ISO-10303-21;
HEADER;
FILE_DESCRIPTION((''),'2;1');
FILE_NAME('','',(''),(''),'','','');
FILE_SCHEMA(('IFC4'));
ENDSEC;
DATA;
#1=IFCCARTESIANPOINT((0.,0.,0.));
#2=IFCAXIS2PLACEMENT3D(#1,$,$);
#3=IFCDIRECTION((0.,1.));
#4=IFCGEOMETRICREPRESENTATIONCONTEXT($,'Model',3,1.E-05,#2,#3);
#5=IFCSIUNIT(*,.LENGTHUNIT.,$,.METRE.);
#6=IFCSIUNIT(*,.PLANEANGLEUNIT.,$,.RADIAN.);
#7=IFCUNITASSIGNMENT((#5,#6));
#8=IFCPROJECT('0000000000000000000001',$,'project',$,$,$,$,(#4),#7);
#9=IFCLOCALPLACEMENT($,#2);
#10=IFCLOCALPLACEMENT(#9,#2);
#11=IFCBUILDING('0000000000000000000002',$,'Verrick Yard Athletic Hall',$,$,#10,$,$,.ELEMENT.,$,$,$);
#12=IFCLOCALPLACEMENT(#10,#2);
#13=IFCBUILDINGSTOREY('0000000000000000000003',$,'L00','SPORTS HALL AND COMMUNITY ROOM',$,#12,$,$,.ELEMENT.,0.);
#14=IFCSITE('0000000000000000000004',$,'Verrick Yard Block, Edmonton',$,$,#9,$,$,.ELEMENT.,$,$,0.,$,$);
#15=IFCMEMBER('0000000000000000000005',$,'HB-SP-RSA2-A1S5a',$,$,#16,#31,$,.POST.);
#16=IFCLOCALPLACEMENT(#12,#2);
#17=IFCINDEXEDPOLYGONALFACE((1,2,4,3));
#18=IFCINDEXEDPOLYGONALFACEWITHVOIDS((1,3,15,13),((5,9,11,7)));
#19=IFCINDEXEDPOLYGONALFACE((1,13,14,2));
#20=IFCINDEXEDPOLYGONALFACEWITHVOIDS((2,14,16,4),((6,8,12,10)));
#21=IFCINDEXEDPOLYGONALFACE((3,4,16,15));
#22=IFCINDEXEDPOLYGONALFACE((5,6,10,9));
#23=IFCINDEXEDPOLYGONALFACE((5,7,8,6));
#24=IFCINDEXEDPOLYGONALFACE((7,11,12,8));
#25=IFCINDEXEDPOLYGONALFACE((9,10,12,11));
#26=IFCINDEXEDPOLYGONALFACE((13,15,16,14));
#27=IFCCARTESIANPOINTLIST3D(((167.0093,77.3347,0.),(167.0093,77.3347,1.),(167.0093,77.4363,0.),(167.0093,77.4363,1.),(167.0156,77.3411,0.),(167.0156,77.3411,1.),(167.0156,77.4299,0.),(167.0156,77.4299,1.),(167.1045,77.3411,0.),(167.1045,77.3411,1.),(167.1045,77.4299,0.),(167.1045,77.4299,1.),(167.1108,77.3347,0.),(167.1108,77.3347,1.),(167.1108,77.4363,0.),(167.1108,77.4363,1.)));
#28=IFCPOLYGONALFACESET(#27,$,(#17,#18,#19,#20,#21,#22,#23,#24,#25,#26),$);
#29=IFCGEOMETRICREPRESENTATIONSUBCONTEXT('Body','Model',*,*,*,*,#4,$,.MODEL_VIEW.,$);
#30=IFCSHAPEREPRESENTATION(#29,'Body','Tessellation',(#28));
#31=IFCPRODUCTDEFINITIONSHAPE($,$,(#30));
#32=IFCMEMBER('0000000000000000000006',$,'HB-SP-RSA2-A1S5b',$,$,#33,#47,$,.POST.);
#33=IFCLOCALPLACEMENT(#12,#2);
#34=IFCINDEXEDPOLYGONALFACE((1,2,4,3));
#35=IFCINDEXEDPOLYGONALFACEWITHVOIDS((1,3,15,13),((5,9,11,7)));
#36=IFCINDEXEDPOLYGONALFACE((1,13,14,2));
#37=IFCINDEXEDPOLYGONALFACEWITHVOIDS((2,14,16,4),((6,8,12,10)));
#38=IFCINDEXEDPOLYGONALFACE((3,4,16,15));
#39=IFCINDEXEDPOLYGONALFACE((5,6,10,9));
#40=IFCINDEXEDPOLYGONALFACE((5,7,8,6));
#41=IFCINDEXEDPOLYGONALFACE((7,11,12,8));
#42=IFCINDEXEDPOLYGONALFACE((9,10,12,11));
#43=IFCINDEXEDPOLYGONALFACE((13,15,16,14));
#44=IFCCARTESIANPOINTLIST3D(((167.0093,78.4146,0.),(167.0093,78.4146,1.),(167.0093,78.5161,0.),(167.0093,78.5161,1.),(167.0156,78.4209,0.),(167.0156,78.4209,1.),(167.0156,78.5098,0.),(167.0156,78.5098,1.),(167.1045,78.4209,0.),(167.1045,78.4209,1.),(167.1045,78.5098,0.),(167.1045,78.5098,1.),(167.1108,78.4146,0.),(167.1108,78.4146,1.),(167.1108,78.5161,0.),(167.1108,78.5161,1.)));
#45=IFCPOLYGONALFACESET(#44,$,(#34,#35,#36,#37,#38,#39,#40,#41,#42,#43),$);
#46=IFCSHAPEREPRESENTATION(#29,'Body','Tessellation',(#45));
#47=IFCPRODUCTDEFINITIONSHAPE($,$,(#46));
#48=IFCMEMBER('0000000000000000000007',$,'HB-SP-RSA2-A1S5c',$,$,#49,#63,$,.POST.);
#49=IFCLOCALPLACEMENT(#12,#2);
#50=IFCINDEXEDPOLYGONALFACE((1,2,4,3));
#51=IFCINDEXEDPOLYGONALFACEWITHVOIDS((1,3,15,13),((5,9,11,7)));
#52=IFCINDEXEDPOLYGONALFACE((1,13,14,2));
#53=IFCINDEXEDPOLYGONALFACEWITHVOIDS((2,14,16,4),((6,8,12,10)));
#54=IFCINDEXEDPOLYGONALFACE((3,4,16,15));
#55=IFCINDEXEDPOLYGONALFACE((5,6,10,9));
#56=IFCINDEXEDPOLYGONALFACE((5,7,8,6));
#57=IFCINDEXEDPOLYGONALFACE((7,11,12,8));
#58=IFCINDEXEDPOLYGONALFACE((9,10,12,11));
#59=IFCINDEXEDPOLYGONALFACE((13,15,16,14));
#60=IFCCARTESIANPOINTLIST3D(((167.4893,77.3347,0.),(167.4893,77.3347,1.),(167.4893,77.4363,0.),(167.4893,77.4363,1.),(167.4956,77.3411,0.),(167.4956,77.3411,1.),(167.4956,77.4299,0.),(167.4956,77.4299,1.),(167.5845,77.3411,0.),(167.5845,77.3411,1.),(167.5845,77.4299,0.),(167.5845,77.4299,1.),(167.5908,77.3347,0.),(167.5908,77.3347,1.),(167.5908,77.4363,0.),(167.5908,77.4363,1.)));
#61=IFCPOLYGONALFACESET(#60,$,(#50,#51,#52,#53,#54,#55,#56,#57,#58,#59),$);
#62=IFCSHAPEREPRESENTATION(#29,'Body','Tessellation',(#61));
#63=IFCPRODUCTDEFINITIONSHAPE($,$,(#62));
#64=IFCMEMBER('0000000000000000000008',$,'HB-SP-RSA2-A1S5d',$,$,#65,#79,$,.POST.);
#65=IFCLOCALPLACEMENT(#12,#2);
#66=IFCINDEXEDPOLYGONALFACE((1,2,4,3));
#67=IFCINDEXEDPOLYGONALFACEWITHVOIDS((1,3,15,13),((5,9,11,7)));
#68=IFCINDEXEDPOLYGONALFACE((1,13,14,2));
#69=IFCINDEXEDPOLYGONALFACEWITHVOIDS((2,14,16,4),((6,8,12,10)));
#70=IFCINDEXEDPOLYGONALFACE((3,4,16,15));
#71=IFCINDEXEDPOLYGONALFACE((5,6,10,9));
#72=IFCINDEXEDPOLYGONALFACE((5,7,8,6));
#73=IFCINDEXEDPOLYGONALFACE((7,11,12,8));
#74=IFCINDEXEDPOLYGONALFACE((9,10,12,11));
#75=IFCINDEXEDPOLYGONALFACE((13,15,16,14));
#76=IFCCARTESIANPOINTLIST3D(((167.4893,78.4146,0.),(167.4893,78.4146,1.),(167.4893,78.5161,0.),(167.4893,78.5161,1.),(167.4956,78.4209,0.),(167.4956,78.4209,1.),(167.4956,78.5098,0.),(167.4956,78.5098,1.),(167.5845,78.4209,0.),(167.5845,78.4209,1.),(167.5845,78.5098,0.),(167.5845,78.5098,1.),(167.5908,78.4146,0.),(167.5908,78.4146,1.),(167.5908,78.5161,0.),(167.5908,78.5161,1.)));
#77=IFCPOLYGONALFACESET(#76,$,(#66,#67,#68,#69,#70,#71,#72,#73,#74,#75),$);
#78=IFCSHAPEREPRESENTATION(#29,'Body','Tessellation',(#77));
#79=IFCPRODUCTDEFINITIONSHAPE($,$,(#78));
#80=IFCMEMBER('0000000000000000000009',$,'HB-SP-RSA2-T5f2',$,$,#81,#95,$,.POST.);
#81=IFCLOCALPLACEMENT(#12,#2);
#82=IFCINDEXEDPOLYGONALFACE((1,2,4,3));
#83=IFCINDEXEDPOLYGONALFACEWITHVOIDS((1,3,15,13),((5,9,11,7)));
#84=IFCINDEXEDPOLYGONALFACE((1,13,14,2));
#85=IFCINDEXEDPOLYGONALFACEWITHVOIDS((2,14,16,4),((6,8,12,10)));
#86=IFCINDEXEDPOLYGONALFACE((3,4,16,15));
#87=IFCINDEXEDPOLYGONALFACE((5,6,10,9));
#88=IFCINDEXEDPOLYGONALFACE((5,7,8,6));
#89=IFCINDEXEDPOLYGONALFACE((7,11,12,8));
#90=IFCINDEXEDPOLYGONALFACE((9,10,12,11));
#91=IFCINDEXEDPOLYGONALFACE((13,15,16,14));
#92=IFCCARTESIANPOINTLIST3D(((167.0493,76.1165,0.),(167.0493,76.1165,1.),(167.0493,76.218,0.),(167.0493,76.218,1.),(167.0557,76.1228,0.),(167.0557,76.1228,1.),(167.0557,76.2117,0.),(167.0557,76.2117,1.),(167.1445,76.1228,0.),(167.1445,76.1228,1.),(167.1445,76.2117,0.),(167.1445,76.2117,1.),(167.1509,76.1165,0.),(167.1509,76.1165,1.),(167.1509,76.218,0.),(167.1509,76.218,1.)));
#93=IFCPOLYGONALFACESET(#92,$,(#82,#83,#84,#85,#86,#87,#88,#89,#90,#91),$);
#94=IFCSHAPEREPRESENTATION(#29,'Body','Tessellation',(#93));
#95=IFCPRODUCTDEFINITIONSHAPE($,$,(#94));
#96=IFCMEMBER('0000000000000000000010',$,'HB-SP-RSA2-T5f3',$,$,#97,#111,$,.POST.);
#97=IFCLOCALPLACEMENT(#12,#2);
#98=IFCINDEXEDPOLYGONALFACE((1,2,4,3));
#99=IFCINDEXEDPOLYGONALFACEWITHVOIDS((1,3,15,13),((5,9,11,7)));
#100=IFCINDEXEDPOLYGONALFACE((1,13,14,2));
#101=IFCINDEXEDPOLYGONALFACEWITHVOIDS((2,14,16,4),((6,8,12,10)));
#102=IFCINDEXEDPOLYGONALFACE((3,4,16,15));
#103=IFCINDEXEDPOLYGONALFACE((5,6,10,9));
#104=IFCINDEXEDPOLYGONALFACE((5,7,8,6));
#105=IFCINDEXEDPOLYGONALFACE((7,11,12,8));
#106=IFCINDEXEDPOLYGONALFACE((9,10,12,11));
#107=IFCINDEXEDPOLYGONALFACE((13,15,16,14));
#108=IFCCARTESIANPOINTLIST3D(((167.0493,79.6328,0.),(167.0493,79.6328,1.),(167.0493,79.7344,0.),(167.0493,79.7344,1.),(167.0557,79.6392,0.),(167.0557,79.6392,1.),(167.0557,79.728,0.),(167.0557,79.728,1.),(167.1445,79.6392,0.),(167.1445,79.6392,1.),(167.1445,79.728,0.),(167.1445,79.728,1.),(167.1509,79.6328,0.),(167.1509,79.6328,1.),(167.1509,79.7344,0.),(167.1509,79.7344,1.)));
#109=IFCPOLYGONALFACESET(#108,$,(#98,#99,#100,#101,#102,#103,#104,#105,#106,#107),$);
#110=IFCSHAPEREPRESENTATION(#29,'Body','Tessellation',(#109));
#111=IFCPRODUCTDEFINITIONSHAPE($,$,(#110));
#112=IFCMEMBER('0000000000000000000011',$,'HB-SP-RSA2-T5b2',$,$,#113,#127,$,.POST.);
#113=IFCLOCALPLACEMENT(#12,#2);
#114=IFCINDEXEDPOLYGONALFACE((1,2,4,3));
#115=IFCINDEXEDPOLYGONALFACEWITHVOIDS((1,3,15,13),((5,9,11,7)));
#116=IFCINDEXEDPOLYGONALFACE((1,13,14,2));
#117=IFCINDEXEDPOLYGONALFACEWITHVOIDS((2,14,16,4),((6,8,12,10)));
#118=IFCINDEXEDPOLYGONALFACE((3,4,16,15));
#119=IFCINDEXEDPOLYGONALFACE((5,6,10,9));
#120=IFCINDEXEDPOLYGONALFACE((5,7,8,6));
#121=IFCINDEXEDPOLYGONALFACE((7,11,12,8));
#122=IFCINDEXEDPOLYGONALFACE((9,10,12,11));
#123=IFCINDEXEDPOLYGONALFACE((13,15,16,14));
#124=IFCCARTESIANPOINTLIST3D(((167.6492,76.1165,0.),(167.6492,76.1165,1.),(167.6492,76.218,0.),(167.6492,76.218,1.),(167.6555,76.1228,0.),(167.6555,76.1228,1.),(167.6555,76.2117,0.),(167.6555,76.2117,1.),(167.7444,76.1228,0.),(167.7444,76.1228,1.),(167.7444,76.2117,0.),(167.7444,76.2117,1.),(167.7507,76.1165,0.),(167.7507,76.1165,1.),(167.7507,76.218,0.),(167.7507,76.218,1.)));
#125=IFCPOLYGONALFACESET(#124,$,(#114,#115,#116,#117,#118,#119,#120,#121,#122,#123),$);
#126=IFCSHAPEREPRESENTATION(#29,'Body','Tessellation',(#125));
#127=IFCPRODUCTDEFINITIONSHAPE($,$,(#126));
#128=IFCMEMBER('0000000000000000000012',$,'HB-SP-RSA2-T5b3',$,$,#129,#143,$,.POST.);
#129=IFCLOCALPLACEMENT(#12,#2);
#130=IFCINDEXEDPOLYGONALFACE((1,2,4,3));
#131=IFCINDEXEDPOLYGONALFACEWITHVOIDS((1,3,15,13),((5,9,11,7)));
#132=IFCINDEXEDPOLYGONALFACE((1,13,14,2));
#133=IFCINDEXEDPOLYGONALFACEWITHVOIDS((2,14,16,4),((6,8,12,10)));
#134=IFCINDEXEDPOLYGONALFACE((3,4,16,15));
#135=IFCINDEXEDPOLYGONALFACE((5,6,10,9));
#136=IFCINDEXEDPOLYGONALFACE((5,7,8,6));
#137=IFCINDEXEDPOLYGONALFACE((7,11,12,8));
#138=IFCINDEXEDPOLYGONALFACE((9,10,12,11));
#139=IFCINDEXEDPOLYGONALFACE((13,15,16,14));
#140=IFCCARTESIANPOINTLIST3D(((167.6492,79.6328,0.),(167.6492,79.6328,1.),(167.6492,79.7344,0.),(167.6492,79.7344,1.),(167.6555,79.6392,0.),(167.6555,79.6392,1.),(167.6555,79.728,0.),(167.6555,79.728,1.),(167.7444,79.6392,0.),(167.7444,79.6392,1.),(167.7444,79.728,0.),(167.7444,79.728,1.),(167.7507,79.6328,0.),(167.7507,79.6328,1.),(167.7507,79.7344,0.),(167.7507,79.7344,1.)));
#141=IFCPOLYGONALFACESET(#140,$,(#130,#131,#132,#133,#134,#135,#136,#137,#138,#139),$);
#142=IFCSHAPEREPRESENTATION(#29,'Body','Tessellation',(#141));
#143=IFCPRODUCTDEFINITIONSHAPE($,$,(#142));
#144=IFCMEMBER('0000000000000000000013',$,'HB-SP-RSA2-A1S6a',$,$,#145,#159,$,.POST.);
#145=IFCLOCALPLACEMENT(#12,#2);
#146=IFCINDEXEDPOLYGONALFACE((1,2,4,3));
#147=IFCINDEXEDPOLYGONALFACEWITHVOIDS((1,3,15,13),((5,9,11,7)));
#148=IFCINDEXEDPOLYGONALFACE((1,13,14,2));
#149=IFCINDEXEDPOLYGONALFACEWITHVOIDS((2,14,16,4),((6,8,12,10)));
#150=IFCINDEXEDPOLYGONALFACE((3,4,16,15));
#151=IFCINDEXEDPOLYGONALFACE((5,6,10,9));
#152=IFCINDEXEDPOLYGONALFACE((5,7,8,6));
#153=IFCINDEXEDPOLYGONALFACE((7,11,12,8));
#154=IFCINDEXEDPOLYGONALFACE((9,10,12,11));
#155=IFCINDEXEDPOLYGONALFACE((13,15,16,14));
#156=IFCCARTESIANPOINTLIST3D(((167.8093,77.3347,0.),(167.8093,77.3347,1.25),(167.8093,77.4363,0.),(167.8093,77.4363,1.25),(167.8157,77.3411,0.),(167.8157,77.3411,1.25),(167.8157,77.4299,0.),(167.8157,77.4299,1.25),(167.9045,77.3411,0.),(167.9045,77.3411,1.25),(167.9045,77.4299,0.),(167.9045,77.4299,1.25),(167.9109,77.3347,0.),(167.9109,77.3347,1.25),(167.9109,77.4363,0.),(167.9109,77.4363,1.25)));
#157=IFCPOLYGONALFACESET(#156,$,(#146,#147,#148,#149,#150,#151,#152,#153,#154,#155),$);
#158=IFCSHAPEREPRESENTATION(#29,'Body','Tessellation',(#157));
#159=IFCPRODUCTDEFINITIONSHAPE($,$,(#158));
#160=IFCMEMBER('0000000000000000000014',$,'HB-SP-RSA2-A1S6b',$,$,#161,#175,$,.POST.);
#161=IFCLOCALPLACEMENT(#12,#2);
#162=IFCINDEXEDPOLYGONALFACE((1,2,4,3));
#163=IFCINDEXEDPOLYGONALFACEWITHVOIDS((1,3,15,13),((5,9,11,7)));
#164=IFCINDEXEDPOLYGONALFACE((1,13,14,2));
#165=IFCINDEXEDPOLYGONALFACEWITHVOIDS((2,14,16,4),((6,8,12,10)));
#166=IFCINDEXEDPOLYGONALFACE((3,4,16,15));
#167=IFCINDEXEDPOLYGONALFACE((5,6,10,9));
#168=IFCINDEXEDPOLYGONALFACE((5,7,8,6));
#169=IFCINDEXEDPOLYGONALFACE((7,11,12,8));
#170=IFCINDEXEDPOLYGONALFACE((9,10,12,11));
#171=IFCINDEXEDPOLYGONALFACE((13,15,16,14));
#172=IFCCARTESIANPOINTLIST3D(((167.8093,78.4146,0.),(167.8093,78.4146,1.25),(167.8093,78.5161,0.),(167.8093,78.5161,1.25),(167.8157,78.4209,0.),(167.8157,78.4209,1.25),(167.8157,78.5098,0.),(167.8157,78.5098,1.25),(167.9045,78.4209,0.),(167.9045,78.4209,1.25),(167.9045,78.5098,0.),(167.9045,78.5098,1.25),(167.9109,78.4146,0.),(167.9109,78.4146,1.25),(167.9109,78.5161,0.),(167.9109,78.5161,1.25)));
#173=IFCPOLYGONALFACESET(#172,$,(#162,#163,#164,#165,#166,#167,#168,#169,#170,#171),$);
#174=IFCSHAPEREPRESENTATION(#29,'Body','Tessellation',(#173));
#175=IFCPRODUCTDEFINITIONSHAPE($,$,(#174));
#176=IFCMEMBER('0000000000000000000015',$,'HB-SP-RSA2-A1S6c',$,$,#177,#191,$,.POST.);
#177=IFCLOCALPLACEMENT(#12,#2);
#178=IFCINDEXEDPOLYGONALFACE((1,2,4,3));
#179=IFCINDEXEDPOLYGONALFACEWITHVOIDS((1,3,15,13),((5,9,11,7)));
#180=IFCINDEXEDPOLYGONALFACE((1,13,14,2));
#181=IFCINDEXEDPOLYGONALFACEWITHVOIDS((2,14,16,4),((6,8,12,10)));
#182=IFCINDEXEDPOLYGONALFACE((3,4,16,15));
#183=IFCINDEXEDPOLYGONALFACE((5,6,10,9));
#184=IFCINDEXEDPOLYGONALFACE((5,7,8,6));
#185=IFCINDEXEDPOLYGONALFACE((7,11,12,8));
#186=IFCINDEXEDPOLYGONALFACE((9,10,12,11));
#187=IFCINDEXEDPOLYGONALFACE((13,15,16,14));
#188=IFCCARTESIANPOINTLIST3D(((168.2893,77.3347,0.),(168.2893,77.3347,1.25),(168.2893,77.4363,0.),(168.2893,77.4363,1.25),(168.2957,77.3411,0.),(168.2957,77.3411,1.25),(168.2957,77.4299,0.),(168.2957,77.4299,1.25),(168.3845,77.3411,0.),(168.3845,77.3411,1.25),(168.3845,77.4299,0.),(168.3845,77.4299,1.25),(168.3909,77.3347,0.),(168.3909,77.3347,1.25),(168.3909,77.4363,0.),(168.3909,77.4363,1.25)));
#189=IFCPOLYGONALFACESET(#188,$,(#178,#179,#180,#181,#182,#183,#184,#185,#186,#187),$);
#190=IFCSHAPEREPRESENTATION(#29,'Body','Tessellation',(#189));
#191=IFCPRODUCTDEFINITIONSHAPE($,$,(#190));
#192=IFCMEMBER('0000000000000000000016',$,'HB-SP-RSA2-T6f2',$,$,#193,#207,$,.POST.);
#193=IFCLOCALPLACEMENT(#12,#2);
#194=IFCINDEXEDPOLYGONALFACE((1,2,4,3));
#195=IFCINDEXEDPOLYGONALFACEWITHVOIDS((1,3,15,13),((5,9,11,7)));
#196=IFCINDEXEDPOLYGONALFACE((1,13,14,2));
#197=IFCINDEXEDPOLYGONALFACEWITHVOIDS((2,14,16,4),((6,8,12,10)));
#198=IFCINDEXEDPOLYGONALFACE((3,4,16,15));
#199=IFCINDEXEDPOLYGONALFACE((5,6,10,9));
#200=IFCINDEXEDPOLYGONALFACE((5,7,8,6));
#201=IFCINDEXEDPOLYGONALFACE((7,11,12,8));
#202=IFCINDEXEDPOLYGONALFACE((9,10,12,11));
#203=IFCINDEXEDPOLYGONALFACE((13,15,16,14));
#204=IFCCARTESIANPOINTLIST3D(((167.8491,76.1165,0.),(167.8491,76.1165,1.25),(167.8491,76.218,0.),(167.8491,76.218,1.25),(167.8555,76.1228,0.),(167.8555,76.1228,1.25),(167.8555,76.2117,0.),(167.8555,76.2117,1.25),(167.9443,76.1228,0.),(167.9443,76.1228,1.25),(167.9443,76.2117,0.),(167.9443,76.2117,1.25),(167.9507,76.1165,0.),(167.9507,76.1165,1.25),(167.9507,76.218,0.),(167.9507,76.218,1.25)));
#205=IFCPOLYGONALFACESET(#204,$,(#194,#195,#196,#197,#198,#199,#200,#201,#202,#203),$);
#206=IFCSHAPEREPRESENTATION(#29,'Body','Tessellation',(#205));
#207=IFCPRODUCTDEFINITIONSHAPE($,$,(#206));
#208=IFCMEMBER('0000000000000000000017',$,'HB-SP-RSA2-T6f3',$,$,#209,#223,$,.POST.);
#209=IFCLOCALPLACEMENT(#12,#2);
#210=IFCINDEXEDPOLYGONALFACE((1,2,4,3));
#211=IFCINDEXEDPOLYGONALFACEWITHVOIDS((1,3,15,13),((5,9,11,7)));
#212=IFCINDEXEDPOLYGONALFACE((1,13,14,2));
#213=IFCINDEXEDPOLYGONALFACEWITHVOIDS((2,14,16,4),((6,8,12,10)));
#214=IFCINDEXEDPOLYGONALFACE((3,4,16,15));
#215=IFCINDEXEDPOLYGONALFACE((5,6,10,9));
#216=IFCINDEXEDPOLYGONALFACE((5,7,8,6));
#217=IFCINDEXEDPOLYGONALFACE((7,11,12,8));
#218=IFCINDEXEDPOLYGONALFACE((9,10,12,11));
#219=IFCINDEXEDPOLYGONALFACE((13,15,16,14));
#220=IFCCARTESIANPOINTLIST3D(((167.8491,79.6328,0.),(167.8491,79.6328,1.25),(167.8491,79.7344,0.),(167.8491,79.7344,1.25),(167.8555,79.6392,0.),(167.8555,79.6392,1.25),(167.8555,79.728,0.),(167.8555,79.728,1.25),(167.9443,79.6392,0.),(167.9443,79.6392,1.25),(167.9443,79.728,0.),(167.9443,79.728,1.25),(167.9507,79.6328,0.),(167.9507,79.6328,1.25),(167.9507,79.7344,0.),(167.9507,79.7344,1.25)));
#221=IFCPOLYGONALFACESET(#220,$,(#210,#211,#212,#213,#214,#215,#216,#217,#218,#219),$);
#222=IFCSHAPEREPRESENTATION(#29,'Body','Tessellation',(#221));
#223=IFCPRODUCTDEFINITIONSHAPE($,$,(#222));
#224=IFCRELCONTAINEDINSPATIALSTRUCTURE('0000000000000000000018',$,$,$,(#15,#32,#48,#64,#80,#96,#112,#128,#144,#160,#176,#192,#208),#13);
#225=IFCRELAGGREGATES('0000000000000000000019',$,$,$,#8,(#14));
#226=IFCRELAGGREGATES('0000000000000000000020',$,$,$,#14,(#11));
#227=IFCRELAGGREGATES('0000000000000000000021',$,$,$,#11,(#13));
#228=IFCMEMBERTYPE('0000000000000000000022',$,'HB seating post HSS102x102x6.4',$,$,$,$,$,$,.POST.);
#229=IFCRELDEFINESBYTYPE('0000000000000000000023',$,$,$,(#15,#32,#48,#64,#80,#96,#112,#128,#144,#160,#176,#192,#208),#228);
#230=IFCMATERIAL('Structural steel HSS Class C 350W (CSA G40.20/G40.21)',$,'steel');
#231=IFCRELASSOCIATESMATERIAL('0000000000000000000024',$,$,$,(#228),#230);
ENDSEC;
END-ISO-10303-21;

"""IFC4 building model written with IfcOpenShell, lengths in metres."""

from ifc_helpers import new_model, si_unit, direction, frame, origin, origin_2d, place, context, subcontext, project, spatial, hollow_rectangle, extrude, material, material_profile, profile_set, type_object, element, save


model = new_model("IFC4")

# Units and contexts
model_context = context("Model", 3, precision=1e-05, world=origin(), true_north=direction((0.0, 1.0)))
body_context = subcontext(model_context, "Body", "Model", "MODEL_VIEW")
ifc_project = project(units=[si_unit("LENGTHUNIT", "METRE"), si_unit("PLANEANGLEUNIT", "RADIAN")], contexts=[model_context])

# Site, building, storey
site_placement = place(None, origin())
site = spatial("IfcSite", under=ifc_project, at=site_placement, Name="Verrick Yard Block, Edmonton", CompositionType="ELEMENT", RefElevation=0.0)
building_placement = place(site_placement, origin())
building = spatial("IfcBuilding", under=site, at=building_placement, Name="Verrick Yard Athletic Hall", CompositionType="ELEMENT")
storey_placement = place(building_placement, origin())
storey = spatial("IfcBuildingStorey", under=building, at=storey_placement, Name="L00", Description="SPORTS HALL AND COMMUNITY ROOM", CompositionType="ELEMENT", Elevation=0.0)

# Members
ifc_material_1 = material(Name="Structural steel HSS Class C 350W (CSA G40.20/G40.21)", Category="steel")
ifc_material_profile_1 = material_profile(ifc_material_1, hollow_rectangle(XDim=0.1016, YDim=0.1016, WallThickness=0.0063, at=origin_2d()), Name="HSS102x102x6.4")
ifc_profile_set_1 = profile_set([ifc_material_profile_1], Name="Structural steel HSS Class C 350W (CSA G40.20/G40.21)")
member_type = type_object("IfcMemberType", Name="HB seating post HSS102x102x6.4", PredefinedType="POST", material=ifc_profile_set_1)
for number, where, z_axis, x_axis, name in (
    (1, (167.0601, 77.3855, 0.0), (0.0, 0.0, 1.0), (0.0, 1.0, 0.0), "HB-SP-RSA2-A1S5a"),
    (2, (167.0601, 78.4653, 0.0), (0.0, 0.0, 1.0), (0.0, 1.0, 0.0), "HB-SP-RSA2-A1S5b"),
    (3, (167.54, 77.3855, 0.0), (0.0, 0.0, 1.0), (0.0, 1.0, 0.0), "HB-SP-RSA2-A1S5c"),
    (4, (167.54, 78.4653, 0.0), (0.0, 0.0, 1.0), (0.0, 1.0, 0.0), "HB-SP-RSA2-A1S5d"),
    (5, (167.1001, 76.1672, 0.0), (0.0, 0.0, 1.0), (0.0, 1.0, 0.0), "HB-SP-RSA2-T5f2"),
    (6, (167.1001, 79.6836, 0.0), (0.0, 0.0, 1.0), (0.0, 1.0, 0.0), "HB-SP-RSA2-T5f3"),
    (7, (167.7, 76.1672, 0.0), (0.0, 0.0, 1.0), (0.0, 1.0, 0.0), "HB-SP-RSA2-T5b2"),
    (8, (167.7, 79.6836, 0.0), (0.0, 0.0, 1.0), (0.0, 1.0, 0.0), "HB-SP-RSA2-T5b3"),
):
    element("IfcMember", number, at=place(storey_placement, frame(where, z_axis=z_axis, x_axis=x_axis)), inside=storey, type_object=member_type, Name=name, PredefinedType="POST", context=body_context, shape_type="SweptSolid", body=[
        extrude(hollow_rectangle(XDim=0.1016, YDim=0.1016, WallThickness=0.0063, at=origin_2d()), origin(), (0.0, 0.0, 1.0), 1.0),
    ])
for number, where, z_axis, x_axis, name in (
    (9, (167.8601, 77.3855, 0.0), (0.0, 0.0, 1.0), (0.0, 1.0, 0.0), "HB-SP-RSA2-A1S6a"),
    (10, (167.8601, 78.4653, 0.0), (0.0, 0.0, 1.0), (0.0, 1.0, 0.0), "HB-SP-RSA2-A1S6b"),
    (11, (168.3401, 77.3855, 0.0), (0.0, 0.0, 1.0), (0.0, 1.0, 0.0), "HB-SP-RSA2-A1S6c"),
    (12, (167.8999, 76.1672, 0.0), (0.0, 0.0, 1.0), (0.0, 1.0, 0.0), "HB-SP-RSA2-T6f2"),
    (13, (167.8999, 79.6836, 0.0), (0.0, 0.0, 1.0), (0.0, 1.0, 0.0), "HB-SP-RSA2-T6f3"),
):
    element("IfcMember", number, at=place(storey_placement, frame(where, z_axis=z_axis, x_axis=x_axis)), inside=storey, type_object=member_type, Name=name, PredefinedType="POST", context=body_context, shape_type="SweptSolid", body=[
        extrude(hollow_rectangle(XDim=0.1016, YDim=0.1016, WallThickness=0.0063, at=origin_2d()), origin(), (0.0, 0.0, 1.0), 1.25),
    ])

save(model, "model.ifc")
